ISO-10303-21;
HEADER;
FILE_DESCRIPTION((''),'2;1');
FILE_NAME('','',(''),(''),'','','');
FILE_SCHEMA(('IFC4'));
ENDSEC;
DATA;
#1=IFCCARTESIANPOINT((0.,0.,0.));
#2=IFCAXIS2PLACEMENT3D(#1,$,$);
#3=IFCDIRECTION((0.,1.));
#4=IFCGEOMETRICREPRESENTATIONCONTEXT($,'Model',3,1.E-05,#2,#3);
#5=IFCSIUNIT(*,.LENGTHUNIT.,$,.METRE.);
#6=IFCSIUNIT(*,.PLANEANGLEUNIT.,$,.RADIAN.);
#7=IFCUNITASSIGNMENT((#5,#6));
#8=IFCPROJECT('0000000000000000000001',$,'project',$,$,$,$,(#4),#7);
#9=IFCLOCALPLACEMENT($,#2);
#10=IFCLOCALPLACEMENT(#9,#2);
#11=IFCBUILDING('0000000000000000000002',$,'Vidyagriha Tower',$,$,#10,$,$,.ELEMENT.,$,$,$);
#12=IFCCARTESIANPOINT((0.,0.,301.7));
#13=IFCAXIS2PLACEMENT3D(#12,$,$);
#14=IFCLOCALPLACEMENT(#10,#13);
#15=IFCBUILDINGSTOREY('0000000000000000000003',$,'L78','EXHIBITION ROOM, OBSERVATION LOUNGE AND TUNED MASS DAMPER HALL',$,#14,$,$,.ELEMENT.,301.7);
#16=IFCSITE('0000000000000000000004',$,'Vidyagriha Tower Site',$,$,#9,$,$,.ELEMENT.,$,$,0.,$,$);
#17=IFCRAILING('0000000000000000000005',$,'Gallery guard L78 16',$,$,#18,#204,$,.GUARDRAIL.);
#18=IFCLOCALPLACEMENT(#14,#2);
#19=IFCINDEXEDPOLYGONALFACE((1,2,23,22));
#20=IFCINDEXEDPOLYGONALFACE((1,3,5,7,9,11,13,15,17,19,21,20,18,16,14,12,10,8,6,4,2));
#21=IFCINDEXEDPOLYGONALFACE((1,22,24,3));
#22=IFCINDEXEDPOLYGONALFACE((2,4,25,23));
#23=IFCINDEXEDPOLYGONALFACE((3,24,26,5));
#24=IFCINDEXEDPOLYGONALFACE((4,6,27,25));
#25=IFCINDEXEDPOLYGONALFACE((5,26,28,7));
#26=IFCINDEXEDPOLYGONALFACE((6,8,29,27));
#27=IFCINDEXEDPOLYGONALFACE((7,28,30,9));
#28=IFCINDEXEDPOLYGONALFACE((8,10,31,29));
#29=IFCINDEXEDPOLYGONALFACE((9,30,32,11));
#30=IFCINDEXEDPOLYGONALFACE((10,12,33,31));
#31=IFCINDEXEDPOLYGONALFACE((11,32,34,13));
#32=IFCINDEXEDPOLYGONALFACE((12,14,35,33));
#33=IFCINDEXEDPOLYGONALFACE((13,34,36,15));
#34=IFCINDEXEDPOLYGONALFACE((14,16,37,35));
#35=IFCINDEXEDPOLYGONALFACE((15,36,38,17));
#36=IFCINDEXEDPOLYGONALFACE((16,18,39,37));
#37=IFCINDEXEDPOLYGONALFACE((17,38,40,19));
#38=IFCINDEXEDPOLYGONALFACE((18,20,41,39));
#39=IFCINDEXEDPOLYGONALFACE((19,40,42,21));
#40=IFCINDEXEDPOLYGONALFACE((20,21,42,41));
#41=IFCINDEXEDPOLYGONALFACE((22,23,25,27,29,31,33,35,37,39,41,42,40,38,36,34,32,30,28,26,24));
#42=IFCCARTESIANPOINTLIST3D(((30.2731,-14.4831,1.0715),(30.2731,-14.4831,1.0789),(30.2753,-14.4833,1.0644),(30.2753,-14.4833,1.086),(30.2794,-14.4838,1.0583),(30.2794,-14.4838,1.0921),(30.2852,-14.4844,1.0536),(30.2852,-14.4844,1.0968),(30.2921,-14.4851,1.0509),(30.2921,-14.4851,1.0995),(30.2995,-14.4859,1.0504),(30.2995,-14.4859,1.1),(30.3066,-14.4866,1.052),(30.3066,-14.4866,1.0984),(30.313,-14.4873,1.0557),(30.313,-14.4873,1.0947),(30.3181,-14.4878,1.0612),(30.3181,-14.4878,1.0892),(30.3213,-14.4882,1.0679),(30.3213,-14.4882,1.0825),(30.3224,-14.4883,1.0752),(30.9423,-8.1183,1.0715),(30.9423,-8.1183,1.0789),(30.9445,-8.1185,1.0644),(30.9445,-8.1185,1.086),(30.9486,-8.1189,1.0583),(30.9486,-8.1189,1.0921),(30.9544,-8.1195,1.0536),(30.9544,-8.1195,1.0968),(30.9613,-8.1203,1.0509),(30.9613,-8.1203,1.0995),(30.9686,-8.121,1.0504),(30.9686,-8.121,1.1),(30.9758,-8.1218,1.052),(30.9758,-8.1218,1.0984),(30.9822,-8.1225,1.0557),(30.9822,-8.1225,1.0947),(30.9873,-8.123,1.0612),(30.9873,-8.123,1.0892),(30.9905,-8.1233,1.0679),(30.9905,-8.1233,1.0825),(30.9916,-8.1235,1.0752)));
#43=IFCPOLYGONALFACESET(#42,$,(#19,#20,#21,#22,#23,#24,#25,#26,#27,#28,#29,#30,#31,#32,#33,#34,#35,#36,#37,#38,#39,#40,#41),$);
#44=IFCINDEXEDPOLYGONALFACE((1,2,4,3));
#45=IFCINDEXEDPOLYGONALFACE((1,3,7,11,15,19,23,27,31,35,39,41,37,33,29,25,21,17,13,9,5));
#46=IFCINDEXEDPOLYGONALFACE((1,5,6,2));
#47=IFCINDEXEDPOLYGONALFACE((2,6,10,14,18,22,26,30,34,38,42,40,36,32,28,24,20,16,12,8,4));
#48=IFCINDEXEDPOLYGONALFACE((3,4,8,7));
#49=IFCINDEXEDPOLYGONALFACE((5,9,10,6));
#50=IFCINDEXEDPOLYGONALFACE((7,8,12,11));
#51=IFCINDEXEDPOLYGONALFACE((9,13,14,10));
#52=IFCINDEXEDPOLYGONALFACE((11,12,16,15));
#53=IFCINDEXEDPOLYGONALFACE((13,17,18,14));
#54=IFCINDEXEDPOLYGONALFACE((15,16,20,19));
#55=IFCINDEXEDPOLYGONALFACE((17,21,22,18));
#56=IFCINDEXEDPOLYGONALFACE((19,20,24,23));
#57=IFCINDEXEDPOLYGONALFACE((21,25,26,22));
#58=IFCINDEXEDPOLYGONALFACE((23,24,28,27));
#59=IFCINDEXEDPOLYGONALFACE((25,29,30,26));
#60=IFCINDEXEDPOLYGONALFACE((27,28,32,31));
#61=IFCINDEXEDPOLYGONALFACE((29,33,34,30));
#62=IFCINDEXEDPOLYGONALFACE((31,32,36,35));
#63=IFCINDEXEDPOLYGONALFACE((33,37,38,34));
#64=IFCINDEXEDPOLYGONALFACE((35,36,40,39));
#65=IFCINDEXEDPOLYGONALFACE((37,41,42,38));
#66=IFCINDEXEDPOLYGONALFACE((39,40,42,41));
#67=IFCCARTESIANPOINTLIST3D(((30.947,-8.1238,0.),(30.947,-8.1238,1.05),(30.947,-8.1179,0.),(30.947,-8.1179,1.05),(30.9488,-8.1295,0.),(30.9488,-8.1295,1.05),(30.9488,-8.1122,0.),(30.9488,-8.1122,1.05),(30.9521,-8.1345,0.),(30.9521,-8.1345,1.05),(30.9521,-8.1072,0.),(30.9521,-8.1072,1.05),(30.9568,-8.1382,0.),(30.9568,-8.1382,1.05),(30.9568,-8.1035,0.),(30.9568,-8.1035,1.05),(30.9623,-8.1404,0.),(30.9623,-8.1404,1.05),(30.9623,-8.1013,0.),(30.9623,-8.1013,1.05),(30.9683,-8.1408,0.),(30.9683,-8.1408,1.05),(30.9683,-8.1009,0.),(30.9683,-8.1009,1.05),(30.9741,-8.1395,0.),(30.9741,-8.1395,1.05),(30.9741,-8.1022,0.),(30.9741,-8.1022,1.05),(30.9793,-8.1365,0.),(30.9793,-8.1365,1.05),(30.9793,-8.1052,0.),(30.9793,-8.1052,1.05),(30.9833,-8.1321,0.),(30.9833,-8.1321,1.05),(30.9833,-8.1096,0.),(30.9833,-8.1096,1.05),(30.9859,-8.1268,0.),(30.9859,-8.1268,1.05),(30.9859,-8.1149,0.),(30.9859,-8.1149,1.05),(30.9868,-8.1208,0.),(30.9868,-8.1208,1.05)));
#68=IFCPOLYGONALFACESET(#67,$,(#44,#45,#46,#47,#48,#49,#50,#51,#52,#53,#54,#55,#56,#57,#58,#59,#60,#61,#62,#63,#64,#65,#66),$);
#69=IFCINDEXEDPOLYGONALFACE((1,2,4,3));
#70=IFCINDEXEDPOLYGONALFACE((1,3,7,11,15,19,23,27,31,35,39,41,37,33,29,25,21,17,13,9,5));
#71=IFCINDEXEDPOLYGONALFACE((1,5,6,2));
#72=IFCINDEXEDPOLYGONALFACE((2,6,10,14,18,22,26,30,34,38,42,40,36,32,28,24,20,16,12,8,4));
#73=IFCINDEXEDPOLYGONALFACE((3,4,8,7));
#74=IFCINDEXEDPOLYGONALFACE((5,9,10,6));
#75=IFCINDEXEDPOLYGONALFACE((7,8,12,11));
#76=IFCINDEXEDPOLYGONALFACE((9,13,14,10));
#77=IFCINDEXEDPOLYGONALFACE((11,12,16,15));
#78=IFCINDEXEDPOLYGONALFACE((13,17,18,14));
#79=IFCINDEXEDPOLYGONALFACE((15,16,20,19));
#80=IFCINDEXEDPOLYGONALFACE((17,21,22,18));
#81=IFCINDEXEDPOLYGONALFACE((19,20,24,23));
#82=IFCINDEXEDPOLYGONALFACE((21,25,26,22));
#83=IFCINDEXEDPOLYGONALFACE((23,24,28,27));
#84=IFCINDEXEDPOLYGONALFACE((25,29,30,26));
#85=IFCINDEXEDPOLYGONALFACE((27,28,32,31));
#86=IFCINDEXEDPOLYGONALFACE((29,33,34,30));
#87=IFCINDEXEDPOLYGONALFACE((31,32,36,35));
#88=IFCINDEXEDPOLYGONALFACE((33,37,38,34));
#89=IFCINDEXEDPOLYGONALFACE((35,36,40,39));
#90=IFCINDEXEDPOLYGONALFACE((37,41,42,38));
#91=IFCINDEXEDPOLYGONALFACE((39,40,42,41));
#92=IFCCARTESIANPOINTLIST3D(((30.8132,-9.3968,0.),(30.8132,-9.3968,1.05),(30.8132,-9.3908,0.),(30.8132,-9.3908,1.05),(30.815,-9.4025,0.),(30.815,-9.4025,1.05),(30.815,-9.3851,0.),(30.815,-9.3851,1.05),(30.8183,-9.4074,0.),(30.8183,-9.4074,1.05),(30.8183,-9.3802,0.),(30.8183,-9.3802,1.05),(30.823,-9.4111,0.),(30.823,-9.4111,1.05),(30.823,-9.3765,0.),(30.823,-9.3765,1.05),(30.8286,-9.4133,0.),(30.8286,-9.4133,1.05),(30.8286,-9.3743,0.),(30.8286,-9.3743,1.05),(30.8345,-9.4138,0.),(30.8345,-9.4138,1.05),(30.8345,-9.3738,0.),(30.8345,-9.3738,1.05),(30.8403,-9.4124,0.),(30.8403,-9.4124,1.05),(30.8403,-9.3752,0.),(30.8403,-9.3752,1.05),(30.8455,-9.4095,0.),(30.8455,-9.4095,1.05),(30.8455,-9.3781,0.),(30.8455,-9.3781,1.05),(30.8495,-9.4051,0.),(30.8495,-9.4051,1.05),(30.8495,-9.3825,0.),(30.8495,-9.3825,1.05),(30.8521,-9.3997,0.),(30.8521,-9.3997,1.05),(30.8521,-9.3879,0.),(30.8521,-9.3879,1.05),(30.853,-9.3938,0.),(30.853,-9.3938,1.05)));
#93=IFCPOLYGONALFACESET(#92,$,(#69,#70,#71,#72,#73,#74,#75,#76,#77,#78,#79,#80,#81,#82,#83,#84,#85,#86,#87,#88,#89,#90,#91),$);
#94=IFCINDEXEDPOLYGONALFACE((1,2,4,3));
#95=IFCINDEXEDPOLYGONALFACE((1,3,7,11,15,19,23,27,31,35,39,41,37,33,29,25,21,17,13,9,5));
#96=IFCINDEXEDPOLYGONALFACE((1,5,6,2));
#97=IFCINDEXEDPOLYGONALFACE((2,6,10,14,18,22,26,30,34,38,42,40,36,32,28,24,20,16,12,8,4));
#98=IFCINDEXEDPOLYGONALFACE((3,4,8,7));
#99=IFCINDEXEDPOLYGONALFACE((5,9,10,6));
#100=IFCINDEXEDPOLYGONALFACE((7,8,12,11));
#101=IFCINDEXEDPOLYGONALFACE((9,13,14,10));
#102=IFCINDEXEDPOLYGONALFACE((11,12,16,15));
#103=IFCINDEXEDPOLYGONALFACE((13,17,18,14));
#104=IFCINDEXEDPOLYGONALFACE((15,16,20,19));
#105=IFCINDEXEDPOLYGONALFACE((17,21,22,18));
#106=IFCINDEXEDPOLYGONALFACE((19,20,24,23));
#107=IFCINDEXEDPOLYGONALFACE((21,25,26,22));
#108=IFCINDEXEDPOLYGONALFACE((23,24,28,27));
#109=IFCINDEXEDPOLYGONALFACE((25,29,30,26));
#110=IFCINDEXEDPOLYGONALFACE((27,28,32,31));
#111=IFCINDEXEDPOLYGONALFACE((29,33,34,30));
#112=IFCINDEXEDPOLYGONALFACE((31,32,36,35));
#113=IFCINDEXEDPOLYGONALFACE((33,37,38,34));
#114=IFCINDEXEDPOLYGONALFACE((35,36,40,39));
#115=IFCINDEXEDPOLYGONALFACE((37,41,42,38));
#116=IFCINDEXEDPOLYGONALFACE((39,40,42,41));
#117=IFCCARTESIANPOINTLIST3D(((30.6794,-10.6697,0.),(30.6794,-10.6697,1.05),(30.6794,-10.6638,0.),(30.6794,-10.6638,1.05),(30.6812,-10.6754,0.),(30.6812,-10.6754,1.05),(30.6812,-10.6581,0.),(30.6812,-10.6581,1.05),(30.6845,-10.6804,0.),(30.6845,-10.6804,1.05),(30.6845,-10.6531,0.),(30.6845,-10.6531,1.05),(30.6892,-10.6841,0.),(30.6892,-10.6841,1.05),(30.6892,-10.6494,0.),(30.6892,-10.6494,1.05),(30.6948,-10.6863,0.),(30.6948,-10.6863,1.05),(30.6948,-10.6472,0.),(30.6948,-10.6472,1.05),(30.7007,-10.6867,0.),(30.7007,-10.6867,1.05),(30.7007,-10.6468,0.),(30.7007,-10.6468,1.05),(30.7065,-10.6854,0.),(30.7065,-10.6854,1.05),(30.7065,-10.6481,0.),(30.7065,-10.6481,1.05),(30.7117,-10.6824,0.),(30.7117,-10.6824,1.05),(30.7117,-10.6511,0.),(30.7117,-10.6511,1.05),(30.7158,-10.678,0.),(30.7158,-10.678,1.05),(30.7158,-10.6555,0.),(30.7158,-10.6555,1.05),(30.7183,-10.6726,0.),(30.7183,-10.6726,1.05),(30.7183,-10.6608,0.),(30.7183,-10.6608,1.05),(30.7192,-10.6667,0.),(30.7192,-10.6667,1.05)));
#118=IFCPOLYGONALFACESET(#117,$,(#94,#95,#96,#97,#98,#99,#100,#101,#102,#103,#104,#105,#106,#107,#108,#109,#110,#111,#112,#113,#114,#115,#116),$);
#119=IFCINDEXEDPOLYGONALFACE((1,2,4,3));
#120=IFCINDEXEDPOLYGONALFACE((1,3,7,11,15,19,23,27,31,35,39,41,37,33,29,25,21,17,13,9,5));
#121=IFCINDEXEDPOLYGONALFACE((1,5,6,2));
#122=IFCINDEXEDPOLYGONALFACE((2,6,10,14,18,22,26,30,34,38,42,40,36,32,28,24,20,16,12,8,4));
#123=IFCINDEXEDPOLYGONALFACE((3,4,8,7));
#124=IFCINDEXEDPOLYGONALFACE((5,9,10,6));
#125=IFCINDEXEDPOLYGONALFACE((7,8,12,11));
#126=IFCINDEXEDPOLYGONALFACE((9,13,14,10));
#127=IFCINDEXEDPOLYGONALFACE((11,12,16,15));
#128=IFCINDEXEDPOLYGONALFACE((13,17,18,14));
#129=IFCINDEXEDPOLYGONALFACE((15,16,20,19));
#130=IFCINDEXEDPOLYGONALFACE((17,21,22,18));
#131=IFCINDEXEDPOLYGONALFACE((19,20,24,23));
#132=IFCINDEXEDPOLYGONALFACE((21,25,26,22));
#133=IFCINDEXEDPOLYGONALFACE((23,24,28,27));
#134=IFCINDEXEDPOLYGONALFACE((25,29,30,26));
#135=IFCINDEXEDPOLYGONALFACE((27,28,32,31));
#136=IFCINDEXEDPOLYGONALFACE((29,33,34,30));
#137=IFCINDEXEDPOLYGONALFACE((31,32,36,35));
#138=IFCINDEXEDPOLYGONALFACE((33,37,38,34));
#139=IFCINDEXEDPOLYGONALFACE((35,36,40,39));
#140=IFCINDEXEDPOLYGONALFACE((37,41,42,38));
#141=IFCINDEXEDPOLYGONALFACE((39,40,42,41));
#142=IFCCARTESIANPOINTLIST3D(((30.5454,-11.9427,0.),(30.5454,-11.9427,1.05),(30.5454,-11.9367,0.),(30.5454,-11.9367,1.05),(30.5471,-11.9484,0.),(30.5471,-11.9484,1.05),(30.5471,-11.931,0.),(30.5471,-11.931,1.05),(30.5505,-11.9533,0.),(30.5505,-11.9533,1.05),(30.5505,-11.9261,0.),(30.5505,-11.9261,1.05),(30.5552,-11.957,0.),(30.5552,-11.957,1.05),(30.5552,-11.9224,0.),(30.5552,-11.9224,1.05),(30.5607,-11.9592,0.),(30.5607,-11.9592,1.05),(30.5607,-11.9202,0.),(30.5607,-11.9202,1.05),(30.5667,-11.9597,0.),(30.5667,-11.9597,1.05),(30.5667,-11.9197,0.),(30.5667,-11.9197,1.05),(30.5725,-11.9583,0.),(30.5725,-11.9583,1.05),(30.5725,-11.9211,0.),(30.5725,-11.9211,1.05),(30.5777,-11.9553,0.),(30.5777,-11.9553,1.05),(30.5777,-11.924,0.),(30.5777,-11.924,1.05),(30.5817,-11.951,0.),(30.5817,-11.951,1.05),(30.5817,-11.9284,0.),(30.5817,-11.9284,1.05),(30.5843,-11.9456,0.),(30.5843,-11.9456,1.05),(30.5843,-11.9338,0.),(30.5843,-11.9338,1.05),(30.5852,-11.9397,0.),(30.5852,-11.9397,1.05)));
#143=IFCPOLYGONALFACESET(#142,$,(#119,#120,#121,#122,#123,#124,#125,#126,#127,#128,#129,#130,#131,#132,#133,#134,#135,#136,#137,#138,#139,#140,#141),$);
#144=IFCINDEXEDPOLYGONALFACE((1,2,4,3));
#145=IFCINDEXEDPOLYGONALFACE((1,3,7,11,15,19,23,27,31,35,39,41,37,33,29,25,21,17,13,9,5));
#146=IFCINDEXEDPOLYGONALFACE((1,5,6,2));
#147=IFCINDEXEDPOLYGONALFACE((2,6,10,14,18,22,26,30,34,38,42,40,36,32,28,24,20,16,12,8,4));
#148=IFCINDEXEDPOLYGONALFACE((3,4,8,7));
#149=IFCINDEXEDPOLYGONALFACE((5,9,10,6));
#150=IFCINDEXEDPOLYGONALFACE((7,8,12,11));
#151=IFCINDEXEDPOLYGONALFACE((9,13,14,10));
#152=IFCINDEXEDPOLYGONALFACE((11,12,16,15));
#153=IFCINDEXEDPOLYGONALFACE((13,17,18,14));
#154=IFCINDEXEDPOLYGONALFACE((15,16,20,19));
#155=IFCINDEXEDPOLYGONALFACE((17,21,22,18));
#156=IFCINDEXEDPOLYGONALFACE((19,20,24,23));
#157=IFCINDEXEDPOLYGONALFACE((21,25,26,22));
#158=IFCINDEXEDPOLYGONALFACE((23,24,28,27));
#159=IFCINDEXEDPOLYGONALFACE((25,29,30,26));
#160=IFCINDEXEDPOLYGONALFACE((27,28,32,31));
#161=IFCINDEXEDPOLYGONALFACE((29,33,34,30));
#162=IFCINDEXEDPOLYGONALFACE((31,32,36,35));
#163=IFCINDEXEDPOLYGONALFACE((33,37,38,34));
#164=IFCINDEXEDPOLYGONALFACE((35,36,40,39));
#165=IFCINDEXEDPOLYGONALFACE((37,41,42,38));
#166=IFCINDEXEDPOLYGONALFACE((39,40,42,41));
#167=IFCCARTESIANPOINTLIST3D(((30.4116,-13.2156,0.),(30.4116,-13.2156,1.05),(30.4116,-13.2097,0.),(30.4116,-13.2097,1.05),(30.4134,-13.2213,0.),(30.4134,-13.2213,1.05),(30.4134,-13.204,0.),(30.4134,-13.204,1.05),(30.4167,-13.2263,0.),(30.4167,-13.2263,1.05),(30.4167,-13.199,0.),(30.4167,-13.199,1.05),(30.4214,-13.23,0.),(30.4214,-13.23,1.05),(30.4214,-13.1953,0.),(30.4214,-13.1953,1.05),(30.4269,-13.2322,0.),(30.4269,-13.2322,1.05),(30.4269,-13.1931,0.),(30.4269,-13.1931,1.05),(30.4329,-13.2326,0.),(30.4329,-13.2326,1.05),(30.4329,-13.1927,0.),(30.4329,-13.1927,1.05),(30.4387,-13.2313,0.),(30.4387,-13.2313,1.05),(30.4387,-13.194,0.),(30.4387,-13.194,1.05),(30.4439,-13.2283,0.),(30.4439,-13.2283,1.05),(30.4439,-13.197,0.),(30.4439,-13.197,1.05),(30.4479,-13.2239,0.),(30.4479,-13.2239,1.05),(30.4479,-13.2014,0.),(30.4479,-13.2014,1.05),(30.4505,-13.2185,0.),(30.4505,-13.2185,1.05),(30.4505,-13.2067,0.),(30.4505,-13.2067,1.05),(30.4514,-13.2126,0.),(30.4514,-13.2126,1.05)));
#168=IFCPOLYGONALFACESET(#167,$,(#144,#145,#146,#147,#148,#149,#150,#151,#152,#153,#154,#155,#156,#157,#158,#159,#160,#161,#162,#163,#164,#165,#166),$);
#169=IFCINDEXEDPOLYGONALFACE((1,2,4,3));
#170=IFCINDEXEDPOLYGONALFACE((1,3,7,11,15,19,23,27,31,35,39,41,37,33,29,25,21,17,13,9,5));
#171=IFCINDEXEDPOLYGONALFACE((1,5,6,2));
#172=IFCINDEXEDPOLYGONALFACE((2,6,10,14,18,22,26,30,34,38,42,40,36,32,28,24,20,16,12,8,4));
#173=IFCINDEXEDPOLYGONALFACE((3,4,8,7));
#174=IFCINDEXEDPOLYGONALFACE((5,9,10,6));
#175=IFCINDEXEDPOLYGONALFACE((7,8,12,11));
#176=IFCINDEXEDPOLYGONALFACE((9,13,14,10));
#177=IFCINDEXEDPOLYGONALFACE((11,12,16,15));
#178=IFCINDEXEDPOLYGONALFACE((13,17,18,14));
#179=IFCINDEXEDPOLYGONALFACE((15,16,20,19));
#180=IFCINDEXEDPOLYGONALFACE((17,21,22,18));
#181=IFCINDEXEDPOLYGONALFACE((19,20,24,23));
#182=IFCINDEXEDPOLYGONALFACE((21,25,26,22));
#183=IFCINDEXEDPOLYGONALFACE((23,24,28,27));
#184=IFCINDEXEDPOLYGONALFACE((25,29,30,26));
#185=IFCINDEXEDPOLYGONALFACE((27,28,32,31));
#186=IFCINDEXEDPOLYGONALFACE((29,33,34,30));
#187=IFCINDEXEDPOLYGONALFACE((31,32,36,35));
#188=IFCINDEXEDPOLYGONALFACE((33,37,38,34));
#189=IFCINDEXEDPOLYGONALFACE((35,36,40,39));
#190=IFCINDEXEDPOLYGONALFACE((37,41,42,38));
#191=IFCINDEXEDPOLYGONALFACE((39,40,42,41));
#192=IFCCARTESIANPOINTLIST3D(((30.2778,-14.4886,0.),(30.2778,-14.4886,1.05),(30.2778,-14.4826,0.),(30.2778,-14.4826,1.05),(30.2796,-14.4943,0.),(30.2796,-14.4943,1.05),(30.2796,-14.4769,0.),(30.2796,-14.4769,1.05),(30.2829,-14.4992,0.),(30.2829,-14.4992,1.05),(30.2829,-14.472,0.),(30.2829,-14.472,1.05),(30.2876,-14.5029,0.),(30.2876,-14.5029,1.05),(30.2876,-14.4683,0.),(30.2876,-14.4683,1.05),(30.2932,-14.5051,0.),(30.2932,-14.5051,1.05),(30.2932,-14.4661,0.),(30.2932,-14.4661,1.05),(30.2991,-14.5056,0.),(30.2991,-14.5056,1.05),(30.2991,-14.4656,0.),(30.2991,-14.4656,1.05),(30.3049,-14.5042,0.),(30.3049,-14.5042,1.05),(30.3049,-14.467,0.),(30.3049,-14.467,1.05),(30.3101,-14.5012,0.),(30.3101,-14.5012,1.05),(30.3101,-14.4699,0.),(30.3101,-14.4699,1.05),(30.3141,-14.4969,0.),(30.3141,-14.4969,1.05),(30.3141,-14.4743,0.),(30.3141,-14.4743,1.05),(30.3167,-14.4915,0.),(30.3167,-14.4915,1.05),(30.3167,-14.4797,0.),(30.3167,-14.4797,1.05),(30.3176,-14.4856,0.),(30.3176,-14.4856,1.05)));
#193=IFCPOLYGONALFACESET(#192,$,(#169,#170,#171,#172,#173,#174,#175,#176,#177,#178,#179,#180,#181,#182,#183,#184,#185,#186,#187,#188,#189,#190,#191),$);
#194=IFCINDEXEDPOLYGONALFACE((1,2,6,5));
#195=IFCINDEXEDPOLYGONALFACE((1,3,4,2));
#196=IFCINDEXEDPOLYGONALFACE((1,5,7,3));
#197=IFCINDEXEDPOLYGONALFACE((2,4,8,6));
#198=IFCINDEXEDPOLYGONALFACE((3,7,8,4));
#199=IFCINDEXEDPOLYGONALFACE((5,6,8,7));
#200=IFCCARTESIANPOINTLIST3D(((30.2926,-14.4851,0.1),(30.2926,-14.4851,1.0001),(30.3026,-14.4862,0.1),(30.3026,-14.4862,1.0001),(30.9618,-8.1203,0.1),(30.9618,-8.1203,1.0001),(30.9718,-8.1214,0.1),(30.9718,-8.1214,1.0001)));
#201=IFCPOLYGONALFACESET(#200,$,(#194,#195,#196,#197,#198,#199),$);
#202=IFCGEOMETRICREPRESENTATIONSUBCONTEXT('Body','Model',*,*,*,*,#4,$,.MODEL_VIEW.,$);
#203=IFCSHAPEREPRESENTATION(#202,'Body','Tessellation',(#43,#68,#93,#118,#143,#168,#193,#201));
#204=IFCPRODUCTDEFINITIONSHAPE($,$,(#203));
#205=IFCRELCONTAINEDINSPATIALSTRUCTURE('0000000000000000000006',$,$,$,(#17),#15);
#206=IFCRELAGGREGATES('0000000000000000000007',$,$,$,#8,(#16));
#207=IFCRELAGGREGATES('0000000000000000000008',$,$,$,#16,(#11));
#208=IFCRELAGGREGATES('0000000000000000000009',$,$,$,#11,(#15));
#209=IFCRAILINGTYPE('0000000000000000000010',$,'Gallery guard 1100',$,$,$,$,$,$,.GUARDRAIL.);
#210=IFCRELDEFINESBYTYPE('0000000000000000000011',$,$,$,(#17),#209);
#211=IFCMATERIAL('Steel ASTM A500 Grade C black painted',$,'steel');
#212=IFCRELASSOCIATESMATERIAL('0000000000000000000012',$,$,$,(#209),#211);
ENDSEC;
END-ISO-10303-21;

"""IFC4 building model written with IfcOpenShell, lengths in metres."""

from ifc_helpers import new_model, si_unit, direction, frame, origin, origin_2d, place, context, subcontext, project, spatial, rectangle, circle, extrude, material, type_object, element, save


model = new_model("IFC4")

# Units and contexts
model_context = context("Model", 3, precision=1e-05, world=origin(), true_north=direction((0.0, 1.0)))
body_context = subcontext(model_context, "Body", "Model", "MODEL_VIEW")
ifc_project = project(units=[si_unit("LENGTHUNIT", "METRE"), si_unit("PLANEANGLEUNIT", "RADIAN")], contexts=[model_context])

# Site, building, storey
site_placement = place(None, origin())
site = spatial("IfcSite", under=ifc_project, at=site_placement, Name="Vidyagriha Tower Site", CompositionType="ELEMENT", RefElevation=0.0)
building_placement = place(site_placement, origin())
building = spatial("IfcBuilding", under=site, at=building_placement, Name="Vidyagriha Tower", CompositionType="ELEMENT")
storey_placement = place(building_placement, frame((0.0, 0.0, 301.7)))
storey = spatial("IfcBuildingStorey", under=building, at=storey_placement, Name="L78", Description="EXHIBITION ROOM, OBSERVATION LOUNGE AND TUNED MASS DAMPER HALL", CompositionType="ELEMENT", Elevation=301.7)

# Railing
ifc_material_1 = material(Name="Steel ASTM A500 Grade C black painted", Category="steel")
railing_type = type_object("IfcRailingType", Name="Gallery guard 1100", PredefinedType="GUARDRAIL", material=ifc_material_1)
railing_1_placement = place(storey_placement, frame((30.9668, -8.1208, 0.0)))
element("IfcRailing", 1, at=railing_1_placement, inside=storey, type_object=railing_type, Name="Gallery guard L78 16", PredefinedType="GUARDRAIL", context=body_context, shape_type="SweptSolid", body=[
    extrude(circle(Radius=0.0249, at=origin_2d()), frame((0.0, 0.0, 1.0752), z_axis=(-0.104564, -0.994518, 0.0), x_axis=(0.994518, -0.104564, 0.0)), (0.0, 0.0, 1.0), 6.3999),
    extrude(circle(Radius=0.02, at=origin_2d()), origin(), (0.0, 0.0, 1.0), 1.05),
    extrude(circle(Radius=0.02, at=origin_2d()), frame((-0.1338, -1.2729, 0.0)), (0.0, 0.0, 1.0), 1.05),
    extrude(circle(Radius=0.02, at=origin_2d()), frame((-0.2676, -2.5459, 0.0)), (0.0, 0.0, 1.0), 1.05),
    extrude(circle(Radius=0.02, at=origin_2d()), frame((-0.4016, -3.8188, 0.0)), (0.0, 0.0, 1.0), 1.05),
    extrude(circle(Radius=0.02, at=origin_2d()), frame((-0.5354, -5.0918, 0.0)), (0.0, 0.0, 1.0), 1.05),
    extrude(circle(Radius=0.02, at=origin_2d()), frame((-0.6692, -6.3647, 0.0)), (0.0, 0.0, 1.0), 1.05),
    extrude(rectangle(XDim=0.01, YDim=0.9001, at=origin_2d()), frame((0.0, 0.0, 0.55), z_axis=(-0.104564, -0.994518, 0.0), x_axis=(0.994518, -0.104564, 0.0)), (0.0, 0.0, 1.0), 6.3999),
])

save(model, "model.ifc")
